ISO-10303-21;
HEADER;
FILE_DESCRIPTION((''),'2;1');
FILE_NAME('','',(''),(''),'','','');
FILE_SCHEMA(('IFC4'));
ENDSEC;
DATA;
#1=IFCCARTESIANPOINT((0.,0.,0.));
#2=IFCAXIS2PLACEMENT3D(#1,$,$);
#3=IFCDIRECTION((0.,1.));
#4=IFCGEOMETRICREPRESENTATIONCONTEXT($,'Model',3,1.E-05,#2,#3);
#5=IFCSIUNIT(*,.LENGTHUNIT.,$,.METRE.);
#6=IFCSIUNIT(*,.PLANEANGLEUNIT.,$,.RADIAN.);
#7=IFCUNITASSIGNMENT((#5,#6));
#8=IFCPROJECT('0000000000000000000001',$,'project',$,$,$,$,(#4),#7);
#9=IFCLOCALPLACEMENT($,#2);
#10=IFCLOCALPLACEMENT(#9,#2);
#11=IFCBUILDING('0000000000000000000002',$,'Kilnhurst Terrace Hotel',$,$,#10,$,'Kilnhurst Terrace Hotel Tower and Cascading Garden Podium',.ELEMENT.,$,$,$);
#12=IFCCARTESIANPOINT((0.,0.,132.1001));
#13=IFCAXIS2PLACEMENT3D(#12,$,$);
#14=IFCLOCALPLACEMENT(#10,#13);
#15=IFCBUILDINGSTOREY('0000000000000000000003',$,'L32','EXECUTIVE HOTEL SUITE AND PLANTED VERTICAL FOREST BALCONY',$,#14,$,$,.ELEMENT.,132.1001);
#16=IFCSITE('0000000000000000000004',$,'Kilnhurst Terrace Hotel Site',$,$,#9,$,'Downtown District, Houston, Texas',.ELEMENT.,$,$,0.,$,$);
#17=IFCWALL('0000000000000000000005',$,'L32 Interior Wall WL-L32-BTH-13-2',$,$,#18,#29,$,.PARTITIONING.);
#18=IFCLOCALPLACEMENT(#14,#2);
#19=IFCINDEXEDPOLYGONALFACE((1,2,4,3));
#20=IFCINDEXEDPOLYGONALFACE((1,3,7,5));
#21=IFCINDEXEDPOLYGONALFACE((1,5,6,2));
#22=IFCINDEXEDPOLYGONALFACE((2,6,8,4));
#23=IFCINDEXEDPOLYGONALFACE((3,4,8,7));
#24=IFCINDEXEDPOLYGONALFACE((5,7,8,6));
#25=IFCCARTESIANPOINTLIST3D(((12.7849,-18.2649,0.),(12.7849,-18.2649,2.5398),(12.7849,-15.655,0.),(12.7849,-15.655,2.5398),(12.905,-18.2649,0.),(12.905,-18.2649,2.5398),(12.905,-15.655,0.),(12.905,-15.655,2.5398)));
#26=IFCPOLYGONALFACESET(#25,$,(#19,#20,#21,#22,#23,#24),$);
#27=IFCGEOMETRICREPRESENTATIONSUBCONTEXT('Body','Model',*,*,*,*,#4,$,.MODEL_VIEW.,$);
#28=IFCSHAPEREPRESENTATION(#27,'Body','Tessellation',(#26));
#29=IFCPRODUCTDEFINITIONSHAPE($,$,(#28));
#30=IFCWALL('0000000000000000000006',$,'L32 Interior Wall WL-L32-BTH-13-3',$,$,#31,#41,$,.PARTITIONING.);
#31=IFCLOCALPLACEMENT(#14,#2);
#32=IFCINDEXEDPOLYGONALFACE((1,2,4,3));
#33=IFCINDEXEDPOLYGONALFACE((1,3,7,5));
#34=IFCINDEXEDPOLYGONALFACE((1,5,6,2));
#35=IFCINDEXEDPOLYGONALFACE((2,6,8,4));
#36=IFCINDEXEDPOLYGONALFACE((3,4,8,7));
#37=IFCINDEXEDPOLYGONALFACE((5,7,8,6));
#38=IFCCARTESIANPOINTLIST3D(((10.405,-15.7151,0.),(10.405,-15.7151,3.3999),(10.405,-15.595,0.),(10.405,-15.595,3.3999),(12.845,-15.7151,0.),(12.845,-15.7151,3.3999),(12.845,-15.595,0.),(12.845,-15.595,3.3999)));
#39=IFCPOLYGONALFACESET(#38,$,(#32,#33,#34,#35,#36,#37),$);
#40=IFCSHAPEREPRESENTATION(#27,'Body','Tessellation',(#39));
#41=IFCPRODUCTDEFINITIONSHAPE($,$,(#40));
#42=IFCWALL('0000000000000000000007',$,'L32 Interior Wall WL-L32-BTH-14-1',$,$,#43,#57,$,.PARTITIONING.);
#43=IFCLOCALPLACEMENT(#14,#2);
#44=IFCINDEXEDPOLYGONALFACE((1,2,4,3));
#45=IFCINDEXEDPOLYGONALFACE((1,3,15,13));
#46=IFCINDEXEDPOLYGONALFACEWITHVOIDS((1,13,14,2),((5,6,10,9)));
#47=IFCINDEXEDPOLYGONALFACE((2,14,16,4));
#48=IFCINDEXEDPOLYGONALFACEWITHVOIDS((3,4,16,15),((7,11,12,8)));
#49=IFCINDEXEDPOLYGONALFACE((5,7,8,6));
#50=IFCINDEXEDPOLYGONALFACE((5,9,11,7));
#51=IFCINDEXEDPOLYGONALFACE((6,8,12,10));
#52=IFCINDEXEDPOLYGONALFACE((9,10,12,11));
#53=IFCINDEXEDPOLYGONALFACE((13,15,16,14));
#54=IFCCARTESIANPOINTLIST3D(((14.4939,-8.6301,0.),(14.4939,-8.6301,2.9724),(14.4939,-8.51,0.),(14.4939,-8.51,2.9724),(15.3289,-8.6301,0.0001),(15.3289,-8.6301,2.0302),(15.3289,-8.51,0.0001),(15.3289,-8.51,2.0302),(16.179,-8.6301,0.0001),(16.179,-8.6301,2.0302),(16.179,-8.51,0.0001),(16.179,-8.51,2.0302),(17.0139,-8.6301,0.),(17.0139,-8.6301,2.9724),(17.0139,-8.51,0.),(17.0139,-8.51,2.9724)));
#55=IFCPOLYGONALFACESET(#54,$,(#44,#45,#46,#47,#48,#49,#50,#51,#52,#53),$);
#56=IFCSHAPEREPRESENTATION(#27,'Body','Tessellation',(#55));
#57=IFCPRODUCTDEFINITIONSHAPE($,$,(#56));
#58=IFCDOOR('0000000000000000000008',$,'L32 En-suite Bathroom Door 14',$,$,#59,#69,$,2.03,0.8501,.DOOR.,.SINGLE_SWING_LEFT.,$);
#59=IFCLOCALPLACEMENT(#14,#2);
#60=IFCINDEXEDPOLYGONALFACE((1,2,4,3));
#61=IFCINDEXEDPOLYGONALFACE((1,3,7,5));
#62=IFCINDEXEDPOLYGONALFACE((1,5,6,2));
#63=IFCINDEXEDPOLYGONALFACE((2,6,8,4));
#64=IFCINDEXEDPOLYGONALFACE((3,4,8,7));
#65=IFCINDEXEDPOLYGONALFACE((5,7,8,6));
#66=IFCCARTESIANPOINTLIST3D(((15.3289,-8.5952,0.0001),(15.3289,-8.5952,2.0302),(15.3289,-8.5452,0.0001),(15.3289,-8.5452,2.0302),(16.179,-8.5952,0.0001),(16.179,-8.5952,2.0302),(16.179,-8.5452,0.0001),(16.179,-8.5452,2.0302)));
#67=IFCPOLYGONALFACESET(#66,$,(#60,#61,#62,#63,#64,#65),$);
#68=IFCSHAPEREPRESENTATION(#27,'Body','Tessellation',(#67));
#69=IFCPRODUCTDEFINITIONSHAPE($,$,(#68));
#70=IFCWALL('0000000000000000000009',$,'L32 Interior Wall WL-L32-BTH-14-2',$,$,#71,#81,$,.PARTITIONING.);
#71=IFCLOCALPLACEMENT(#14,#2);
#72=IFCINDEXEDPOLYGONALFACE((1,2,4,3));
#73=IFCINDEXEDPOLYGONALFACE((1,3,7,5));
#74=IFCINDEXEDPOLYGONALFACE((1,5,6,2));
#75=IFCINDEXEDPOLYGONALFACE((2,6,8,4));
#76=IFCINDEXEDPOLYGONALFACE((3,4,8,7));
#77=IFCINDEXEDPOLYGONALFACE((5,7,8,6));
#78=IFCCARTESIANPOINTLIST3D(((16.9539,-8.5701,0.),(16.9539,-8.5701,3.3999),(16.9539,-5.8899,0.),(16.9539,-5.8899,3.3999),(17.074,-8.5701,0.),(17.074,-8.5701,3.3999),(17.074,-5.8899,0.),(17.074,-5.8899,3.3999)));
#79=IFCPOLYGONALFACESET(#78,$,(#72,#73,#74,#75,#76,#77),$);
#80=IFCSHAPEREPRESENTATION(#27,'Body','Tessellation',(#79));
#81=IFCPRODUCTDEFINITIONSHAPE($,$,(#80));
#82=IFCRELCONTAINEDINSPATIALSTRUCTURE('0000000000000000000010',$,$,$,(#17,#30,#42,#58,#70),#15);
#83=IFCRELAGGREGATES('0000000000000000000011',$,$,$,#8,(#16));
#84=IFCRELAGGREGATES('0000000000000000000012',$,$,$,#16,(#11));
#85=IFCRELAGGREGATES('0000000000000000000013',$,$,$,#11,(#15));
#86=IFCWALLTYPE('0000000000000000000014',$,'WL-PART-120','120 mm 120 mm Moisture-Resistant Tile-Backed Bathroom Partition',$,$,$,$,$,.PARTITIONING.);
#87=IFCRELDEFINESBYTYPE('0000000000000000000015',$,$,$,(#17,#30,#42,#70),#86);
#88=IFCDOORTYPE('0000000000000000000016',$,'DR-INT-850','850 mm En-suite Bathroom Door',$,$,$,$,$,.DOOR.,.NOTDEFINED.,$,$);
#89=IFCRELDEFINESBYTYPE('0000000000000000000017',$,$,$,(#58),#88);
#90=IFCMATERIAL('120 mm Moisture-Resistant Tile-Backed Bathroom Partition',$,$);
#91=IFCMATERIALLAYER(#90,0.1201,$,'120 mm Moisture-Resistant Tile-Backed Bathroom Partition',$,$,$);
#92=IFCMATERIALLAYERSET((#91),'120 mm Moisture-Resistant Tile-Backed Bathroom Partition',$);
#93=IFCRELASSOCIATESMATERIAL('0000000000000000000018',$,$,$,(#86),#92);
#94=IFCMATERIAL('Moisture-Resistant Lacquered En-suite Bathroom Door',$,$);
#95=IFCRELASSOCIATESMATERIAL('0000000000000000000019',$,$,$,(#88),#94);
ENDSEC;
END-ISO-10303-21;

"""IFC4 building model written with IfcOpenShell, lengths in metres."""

from ifc_helpers import new_model, si_unit, direction, frame, frame_2d, origin, place, context, subcontext, project, spatial, rectangle, extrude, material, layer, layer_set, type_object, element, fill, save


model = new_model("IFC4")

# Units and contexts
model_context = context("Model", 3, precision=1e-05, world=origin(), true_north=direction((0.0, 1.0)))
body_context = subcontext(model_context, "Body", "Model", "MODEL_VIEW")
ifc_project = project(units=[si_unit("LENGTHUNIT", "METRE"), si_unit("PLANEANGLEUNIT", "RADIAN")], contexts=[model_context])

# Site, building, storey
site_placement = place(None, origin())
site = spatial("IfcSite", under=ifc_project, at=site_placement, Name="Kilnhurst Terrace Hotel Site", LongName="Downtown District, Houston, Texas", CompositionType="ELEMENT", RefElevation=0.0)
building_placement = place(site_placement, origin())
building = spatial("IfcBuilding", under=site, at=building_placement, Name="Kilnhurst Terrace Hotel", LongName="Kilnhurst Terrace Hotel Tower and Cascading Garden Podium", CompositionType="ELEMENT")
storey_placement = place(building_placement, frame((0.0, 0.0, 132.1001)))
storey = spatial("IfcBuildingStorey", under=building, at=storey_placement, Name="L32", Description="EXECUTIVE HOTEL SUITE AND PLANTED VERTICAL FOREST BALCONY", CompositionType="ELEMENT", Elevation=132.1001)

# Walls
ifc_material_1 = material(Name="120 mm Moisture-Resistant Tile-Backed Bathroom Partition")
ifc_layer_1 = layer(ifc_material_1, 0.1201, Name="120 mm Moisture-Resistant Tile-Backed Bathroom Partition")
ifc_layer_set_1 = layer_set([ifc_layer_1], Name="120 mm Moisture-Resistant Tile-Backed Bathroom Partition")
wall_type_1 = type_object("IfcWallType", Name="WL-PART-120", Description="120 mm 120 mm Moisture-Resistant Tile-Backed Bathroom Partition", PredefinedType="PARTITIONING", material=ifc_layer_set_1)
wall_1_placement = place(storey_placement, frame((12.845, -18.2649, 0.0), z_axis=(0.0, 0.0, 1.0), x_axis=(0.0, 1.0, 0.0)))
element("IfcWall", 1, at=wall_1_placement, inside=storey, type_object=wall_type_1, Name="L32 Interior Wall WL-L32-BTH-13-2", PredefinedType="PARTITIONING", context=body_context, shape_type="SweptSolid", body=[
    extrude(rectangle(XDim=2.6099, YDim=0.1201, at=frame_2d((1.3049, 0.0))), origin(), (0.0, 0.0, 1.0), 2.5398),
])
wall_2_placement = place(storey_placement, frame((12.845, -15.655, 0.0), z_axis=(0.0, 0.0, 1.0), x_axis=(-1.0, 0.0, 0.0)))
element("IfcWall", 2, at=wall_2_placement, inside=storey, type_object=wall_type_1, Name="L32 Interior Wall WL-L32-BTH-13-3", PredefinedType="PARTITIONING", context=body_context, shape_type="SweptSolid", body=[
    extrude(rectangle(XDim=2.4399, YDim=0.1201, at=frame_2d((1.22, 0.0))), origin(), (0.0, 0.0, 1.0), 3.3999),
])

# Wall, opening, door
wall_3_placement = place(storey_placement, frame((14.4939, -8.5701, 0.0), z_axis=(0.0, 0.0, 1.0), x_axis=(1.0, 0.0, 0.0)))
wall_3 = element("IfcWall", 3, at=wall_3_placement, inside=storey, type_object=wall_type_1, Name="L32 Interior Wall WL-L32-BTH-14-1", PredefinedType="PARTITIONING", context=body_context, shape_type="SweptSolid", body=[
    extrude(rectangle(XDim=2.52, YDim=0.1201, at=frame_2d((1.26, 0.0))), origin(), (0.0, 0.0, 1.0), 2.9724),
])
opening_1_placement = place(wall_3_placement, frame((0.835, 0.0, 0.0)))
opening_1 = element("IfcOpeningElement", 4, at=opening_1_placement, cuts=wall_3, PredefinedType="OPENING", context=body_context, shape_type="SweptSolid", body=[
    extrude(rectangle(XDim=0.8501, YDim=2.03, at=frame_2d((0.425, 1.0151))), frame((0.0, 0.0701, 0.0), z_axis=(0.0, -1.0, 0.0), x_axis=(1.0, 0.0, 0.0)), (0.0, 0.0, 1.0), 0.1401),
])
ifc_material_2 = material(Name="Moisture-Resistant Lacquered En-suite Bathroom Door")
door_type_1 = type_object("IfcDoorType", Name="DR-INT-850", Description="850 mm En-suite Bathroom Door", OperationType="NOTDEFINED", PredefinedType="DOOR", material=ifc_material_2)
door_1_placement = place(opening_1_placement, origin())
door_1 = element("IfcDoor", 5, at=door_1_placement, inside=storey, type_object=door_type_1, Name="L32 En-suite Bathroom Door 14", OperationType="SINGLE_SWING_LEFT", OverallHeight=2.03, OverallWidth=0.8501, PredefinedType="DOOR", context=body_context, shape_type="SweptSolid", body=[
    extrude(rectangle(XDim=0.8501, YDim=2.03, at=frame_2d((0.425, 1.0151))), frame((0.0, 0.0249, 0.0), z_axis=(0.0, -1.0, 0.0), x_axis=(1.0, 0.0, 0.0)), (0.0, 0.0, 1.0), 0.05),
])
fill(opening_1, door_1)

# Wall
wall_4_placement = place(storey_placement, frame((17.0139, -8.5701, 0.0), z_axis=(0.0, 0.0, 1.0), x_axis=(0.0, 1.0, 0.0)))
element("IfcWall", 6, at=wall_4_placement, inside=storey, type_object=wall_type_1, Name="L32 Interior Wall WL-L32-BTH-14-2", PredefinedType="PARTITIONING", context=body_context, shape_type="SweptSolid", body=[
    extrude(rectangle(XDim=2.6802, YDim=0.1201, at=frame_2d((1.3401, 0.0))), origin(), (0.0, 0.0, 1.0), 3.3999),
])

save(model, "model.ifc")
